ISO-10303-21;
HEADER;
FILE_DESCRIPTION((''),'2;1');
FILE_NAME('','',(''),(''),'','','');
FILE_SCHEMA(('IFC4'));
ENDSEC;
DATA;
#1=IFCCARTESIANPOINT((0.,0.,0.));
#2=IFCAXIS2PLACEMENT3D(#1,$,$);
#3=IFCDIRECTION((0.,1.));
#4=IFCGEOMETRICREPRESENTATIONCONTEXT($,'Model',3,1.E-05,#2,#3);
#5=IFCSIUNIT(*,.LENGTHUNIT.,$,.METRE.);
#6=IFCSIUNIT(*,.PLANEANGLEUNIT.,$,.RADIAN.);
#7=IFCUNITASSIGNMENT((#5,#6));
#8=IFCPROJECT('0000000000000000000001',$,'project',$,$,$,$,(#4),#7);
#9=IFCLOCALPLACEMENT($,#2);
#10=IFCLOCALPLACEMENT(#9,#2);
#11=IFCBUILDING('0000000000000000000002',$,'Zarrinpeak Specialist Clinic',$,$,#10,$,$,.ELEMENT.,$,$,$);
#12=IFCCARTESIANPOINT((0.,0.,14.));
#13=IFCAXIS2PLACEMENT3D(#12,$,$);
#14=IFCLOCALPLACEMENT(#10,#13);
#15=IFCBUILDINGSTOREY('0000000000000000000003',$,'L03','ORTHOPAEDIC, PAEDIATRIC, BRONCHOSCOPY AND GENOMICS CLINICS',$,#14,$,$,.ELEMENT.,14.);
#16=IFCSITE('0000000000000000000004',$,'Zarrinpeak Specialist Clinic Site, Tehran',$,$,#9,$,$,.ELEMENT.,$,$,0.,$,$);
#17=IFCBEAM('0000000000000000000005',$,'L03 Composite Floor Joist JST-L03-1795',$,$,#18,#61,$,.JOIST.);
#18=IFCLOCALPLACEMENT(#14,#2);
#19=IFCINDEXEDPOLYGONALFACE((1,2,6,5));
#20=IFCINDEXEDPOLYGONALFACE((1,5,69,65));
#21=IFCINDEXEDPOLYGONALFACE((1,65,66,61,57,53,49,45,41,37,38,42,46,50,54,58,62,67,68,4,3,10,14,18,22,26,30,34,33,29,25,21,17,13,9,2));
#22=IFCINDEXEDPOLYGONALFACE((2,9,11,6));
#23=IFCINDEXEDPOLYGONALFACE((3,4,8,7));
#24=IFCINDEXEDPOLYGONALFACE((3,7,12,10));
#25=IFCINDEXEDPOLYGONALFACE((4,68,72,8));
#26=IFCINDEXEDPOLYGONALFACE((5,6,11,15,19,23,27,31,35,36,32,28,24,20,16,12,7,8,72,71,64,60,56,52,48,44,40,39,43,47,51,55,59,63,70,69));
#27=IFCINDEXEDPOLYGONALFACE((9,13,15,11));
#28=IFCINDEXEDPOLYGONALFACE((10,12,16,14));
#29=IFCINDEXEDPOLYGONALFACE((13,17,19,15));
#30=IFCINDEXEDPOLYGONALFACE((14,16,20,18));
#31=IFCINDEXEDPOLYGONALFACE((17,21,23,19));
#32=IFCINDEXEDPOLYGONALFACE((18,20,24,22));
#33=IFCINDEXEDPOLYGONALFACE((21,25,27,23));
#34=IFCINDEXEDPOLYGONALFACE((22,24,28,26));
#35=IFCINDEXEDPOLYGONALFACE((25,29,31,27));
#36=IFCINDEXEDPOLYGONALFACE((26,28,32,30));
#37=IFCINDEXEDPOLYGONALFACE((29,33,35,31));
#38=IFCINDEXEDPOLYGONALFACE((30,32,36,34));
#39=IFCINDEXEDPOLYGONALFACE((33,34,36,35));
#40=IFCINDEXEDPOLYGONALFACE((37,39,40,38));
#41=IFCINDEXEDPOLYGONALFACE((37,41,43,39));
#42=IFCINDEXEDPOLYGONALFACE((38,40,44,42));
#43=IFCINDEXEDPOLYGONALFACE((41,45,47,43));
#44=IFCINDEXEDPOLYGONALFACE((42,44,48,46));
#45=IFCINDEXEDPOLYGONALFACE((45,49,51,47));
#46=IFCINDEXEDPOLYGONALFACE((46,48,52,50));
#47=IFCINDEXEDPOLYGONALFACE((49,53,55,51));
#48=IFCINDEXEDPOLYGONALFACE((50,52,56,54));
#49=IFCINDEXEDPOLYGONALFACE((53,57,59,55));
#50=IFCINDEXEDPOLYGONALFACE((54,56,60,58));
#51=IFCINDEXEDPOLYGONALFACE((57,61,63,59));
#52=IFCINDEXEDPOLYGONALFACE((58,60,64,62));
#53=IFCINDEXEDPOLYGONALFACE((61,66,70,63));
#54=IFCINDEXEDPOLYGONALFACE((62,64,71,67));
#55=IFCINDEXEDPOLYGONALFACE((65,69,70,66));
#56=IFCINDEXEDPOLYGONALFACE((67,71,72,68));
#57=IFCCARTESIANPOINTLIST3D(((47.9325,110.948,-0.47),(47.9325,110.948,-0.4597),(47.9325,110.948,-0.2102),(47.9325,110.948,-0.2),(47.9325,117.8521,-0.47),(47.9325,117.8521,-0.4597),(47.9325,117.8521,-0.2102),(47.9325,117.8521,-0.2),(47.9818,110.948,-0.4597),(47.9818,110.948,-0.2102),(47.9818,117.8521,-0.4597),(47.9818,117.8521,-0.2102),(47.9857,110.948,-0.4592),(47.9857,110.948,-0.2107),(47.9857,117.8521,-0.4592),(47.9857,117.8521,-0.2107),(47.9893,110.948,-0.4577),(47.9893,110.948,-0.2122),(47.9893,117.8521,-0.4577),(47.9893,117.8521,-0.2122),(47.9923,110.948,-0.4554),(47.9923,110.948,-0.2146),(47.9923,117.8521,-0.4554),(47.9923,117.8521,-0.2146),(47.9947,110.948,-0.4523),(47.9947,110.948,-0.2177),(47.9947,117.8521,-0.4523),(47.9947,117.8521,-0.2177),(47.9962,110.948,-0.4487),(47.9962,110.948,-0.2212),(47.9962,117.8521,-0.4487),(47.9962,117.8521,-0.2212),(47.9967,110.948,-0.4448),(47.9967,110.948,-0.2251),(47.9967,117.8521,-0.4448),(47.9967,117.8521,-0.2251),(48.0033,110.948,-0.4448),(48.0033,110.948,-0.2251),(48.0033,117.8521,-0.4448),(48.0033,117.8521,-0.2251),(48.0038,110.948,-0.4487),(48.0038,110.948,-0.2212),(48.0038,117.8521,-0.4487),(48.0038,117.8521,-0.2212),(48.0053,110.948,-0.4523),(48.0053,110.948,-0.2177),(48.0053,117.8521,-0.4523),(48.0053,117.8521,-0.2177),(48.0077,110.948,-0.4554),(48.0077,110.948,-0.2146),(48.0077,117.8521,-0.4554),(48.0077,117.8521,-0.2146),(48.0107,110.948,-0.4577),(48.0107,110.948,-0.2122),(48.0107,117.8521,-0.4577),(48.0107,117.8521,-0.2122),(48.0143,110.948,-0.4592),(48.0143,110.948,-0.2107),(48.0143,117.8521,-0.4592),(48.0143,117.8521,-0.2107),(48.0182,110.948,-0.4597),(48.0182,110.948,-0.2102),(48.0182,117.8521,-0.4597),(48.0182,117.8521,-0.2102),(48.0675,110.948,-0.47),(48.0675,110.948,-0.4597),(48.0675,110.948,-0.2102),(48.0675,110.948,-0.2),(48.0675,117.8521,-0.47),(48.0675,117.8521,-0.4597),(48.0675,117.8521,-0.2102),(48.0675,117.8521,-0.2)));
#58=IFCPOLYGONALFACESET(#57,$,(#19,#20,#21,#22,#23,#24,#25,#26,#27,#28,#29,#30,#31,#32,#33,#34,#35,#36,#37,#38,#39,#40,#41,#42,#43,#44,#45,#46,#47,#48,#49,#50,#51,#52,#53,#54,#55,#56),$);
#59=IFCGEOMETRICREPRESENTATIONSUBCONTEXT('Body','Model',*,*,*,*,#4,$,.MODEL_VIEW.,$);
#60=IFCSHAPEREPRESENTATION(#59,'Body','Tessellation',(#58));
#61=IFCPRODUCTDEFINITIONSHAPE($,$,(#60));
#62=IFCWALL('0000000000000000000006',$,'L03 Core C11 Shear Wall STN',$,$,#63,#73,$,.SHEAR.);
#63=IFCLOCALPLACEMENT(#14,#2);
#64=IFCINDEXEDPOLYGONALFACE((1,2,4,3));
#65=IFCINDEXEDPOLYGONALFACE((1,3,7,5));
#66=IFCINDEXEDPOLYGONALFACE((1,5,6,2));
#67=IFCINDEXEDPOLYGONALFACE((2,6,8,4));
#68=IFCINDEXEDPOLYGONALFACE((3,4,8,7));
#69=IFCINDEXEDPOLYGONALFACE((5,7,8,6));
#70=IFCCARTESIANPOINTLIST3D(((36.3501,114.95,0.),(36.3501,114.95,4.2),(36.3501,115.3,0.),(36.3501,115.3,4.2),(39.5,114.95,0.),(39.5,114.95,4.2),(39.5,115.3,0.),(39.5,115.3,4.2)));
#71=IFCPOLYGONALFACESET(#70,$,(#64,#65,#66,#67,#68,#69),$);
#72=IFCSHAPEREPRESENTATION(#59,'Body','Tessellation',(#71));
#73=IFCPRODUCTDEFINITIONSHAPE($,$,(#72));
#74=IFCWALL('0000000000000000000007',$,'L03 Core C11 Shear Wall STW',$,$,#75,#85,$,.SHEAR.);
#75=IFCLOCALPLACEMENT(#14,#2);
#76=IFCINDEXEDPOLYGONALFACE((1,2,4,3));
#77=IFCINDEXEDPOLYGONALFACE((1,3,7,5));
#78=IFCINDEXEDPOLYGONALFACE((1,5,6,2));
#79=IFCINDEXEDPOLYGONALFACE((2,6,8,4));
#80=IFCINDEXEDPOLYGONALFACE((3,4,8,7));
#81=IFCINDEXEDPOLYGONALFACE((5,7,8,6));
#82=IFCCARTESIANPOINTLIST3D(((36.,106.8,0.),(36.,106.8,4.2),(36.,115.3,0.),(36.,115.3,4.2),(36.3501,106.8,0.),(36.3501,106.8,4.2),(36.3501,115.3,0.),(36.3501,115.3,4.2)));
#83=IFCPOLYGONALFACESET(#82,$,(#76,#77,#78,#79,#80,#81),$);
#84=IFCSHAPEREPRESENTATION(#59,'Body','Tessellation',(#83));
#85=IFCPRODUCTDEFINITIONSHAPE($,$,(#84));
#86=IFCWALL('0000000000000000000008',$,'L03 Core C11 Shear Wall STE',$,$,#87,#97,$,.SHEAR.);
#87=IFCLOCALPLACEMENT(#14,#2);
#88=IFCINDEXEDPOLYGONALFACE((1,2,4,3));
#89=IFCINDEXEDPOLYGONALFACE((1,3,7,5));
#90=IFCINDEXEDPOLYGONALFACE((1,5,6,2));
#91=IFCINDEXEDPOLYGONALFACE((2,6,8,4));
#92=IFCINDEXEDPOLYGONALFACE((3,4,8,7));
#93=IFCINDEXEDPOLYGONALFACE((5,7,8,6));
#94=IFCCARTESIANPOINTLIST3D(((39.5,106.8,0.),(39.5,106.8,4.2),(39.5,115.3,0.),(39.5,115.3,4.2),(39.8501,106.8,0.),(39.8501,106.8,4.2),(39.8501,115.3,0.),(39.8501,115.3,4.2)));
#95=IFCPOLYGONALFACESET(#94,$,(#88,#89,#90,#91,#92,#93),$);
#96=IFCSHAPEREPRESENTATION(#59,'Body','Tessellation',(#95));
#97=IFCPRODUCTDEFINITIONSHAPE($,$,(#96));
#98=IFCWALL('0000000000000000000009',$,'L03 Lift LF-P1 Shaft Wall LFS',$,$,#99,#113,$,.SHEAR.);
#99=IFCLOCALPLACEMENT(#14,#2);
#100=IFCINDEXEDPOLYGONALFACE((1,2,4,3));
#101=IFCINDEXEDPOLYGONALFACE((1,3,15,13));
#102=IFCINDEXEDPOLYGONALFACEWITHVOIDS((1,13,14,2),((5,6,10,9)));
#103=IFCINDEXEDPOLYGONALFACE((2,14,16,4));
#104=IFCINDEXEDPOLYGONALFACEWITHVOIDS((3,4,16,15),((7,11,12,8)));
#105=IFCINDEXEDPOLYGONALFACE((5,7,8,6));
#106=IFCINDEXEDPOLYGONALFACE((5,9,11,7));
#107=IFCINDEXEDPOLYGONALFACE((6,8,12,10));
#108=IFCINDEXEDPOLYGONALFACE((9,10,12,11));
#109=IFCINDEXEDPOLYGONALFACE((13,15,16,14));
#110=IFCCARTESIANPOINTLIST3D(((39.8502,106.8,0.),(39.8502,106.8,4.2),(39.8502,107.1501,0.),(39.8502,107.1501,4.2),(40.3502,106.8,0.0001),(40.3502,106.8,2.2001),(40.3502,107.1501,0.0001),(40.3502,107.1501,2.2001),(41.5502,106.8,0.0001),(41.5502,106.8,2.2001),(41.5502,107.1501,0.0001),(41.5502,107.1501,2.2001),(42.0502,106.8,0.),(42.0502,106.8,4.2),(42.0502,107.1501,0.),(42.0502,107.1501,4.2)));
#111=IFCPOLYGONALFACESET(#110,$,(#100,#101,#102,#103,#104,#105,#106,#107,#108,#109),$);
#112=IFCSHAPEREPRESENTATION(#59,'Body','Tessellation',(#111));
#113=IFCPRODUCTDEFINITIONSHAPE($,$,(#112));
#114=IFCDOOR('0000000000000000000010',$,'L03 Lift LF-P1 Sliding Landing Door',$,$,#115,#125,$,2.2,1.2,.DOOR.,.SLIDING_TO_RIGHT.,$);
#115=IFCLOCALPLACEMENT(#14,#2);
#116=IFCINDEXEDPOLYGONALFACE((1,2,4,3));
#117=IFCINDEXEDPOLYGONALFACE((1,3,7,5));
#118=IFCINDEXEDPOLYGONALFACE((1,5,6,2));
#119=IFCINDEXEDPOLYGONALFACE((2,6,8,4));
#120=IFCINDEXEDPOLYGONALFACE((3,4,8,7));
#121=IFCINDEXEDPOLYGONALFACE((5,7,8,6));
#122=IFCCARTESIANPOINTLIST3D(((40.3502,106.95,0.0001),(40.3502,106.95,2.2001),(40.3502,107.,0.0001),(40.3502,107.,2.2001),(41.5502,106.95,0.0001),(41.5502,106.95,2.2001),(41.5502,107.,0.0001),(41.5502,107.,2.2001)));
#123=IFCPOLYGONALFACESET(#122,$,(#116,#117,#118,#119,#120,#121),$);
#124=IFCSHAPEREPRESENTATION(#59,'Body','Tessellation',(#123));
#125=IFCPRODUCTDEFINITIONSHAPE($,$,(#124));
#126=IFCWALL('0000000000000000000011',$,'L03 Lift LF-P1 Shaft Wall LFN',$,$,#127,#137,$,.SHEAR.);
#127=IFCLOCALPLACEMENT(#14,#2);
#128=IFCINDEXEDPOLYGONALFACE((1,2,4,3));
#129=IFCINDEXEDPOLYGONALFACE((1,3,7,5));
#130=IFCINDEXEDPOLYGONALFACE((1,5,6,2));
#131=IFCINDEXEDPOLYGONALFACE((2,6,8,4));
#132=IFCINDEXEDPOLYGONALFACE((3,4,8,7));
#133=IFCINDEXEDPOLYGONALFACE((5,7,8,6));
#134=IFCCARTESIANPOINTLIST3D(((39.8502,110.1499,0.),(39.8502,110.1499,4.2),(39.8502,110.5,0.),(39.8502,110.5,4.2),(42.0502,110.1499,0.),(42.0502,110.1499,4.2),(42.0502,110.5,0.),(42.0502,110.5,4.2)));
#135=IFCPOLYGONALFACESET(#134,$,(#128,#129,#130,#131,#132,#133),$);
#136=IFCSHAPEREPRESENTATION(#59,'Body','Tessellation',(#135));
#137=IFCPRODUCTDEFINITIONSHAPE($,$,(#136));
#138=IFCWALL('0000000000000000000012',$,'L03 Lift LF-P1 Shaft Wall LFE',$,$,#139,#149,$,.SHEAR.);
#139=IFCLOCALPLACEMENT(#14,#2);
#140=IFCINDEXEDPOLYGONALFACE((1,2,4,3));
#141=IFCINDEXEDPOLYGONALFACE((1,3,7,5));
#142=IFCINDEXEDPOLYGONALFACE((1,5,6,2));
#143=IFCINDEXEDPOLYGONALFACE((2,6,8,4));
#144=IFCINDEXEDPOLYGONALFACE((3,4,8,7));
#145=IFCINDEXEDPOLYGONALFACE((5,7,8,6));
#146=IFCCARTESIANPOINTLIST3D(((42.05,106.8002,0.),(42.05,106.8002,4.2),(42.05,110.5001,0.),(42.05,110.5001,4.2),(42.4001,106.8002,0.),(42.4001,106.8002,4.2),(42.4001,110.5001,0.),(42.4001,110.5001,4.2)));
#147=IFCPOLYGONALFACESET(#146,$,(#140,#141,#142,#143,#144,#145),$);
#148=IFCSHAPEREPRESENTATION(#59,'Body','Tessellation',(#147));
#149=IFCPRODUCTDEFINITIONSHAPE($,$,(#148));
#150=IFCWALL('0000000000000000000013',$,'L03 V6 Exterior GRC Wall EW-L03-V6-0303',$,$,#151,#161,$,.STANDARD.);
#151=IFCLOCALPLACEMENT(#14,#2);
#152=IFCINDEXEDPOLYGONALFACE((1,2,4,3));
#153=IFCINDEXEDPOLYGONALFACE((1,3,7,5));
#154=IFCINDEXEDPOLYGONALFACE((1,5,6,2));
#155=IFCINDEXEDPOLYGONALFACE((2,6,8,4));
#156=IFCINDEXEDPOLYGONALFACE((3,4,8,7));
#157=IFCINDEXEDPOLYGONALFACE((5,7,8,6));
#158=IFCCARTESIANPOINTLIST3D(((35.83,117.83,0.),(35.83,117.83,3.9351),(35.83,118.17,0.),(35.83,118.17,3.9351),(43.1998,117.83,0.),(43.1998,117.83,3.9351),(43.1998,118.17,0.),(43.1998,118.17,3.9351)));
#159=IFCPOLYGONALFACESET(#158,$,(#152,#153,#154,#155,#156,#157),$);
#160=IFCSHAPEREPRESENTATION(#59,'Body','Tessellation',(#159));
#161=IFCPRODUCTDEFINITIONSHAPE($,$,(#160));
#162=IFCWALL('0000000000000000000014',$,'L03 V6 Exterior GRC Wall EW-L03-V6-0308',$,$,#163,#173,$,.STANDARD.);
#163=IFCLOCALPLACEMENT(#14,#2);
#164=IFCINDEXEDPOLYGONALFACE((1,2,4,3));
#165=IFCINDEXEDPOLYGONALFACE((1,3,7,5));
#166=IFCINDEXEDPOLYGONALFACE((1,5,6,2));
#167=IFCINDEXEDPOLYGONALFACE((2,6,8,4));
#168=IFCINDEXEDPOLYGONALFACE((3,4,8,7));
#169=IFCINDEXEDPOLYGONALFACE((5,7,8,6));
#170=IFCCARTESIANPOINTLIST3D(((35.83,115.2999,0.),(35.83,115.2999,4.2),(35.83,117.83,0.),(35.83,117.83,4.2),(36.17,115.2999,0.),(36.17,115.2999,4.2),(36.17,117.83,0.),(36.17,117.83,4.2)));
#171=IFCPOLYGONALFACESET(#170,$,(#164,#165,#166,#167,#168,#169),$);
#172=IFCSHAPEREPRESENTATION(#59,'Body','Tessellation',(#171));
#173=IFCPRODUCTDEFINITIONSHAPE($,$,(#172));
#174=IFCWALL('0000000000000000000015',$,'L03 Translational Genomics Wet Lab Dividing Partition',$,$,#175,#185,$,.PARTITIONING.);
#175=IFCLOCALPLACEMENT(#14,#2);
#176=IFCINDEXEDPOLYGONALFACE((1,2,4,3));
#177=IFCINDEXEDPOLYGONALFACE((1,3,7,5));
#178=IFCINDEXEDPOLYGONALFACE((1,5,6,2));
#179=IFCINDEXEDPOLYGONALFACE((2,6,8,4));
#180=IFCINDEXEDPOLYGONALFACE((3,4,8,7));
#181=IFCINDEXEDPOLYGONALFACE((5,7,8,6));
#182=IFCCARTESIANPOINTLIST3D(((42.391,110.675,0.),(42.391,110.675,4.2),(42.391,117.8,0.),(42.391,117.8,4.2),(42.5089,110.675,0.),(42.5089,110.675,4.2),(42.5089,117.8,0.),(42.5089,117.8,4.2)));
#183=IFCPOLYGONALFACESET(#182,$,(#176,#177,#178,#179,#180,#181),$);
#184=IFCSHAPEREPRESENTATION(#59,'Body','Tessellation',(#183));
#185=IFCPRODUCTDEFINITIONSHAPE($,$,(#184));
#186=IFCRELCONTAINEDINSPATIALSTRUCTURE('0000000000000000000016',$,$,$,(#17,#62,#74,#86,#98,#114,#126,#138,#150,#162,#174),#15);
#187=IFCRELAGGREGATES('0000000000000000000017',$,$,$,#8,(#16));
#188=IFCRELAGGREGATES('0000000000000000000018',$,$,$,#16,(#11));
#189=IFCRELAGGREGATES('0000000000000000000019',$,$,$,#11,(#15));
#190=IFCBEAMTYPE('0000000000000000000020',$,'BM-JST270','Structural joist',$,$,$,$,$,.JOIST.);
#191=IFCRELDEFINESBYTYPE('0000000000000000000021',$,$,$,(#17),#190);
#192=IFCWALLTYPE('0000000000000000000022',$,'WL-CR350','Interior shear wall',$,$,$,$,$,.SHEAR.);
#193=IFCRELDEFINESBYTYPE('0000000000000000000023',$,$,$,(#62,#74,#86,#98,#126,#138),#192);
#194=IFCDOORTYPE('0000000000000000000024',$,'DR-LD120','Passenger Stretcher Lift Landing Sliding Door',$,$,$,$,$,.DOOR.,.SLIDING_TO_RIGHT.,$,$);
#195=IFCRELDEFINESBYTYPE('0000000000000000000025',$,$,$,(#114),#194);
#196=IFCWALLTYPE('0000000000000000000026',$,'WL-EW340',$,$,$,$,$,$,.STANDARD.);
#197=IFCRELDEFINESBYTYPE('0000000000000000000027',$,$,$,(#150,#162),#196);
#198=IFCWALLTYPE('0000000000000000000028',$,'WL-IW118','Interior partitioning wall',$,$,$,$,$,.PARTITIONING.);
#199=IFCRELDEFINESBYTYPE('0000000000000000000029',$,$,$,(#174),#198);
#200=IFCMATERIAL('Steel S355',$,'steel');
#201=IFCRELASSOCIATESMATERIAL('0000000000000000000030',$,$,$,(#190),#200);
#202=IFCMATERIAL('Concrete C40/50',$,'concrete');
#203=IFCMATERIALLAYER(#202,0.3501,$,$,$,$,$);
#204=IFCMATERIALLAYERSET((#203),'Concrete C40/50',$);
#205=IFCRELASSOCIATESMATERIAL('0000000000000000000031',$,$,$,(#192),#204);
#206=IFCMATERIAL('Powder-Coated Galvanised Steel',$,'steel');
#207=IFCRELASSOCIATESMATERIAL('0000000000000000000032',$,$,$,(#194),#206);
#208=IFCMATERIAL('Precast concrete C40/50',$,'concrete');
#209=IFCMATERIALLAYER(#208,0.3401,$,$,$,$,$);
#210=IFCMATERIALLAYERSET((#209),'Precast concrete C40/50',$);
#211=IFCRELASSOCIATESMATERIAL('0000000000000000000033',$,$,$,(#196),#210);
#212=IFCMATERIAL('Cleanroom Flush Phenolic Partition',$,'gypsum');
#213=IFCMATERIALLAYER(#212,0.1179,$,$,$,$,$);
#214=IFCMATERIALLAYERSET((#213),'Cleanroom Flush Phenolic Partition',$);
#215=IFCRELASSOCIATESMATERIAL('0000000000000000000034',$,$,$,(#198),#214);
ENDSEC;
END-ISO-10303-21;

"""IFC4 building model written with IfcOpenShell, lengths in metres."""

from ifc_helpers import new_model, si_unit, direction, frame, frame_2d, origin, origin_2d, place, context, subcontext, project, spatial, rectangle, i_section, extrude, material, layer, layer_set, material_profile, profile_set, type_object, element, fill, save


model = new_model("IFC4")

# Units and contexts
model_context = context("Model", 3, precision=1e-05, world=origin(), true_north=direction((0.0, 1.0)))
body_context = subcontext(model_context, "Body", "Model", "MODEL_VIEW")
ifc_project = project(units=[si_unit("LENGTHUNIT", "METRE"), si_unit("PLANEANGLEUNIT", "RADIAN")], contexts=[model_context])

# Site, building, storey
site_placement = place(None, origin())
site = spatial("IfcSite", under=ifc_project, at=site_placement, Name="Zarrinpeak Specialist Clinic Site, Tehran", CompositionType="ELEMENT", RefElevation=0.0)
building_placement = place(site_placement, origin())
building = spatial("IfcBuilding", under=site, at=building_placement, Name="Zarrinpeak Specialist Clinic", CompositionType="ELEMENT")
storey_placement = place(building_placement, frame((0.0, 0.0, 14.0)))
storey = spatial("IfcBuildingStorey", under=building, at=storey_placement, Name="L03", Description="ORTHOPAEDIC, PAEDIATRIC, BRONCHOSCOPY AND GENOMICS CLINICS", CompositionType="ELEMENT", Elevation=14.0)

# Shared definitions
ifc_material_1 = material(Name="Steel S355", Category="steel")

# Beam
ifc_material_profile_1 = material_profile(ifc_material_1, i_section(OverallWidth=0.135, OverallDepth=0.27, WebThickness=0.0066, FlangeThickness=0.0103, FilletRadius=0.0149, at=origin_2d()), Name="IPE 270")
ifc_profile_set_1 = profile_set([ifc_material_profile_1], Name="Steel S355")
beam_type_1 = type_object("IfcBeamType", Name="BM-JST270", Description="Structural joist", PredefinedType="JOIST", material=ifc_profile_set_1)
for number, where, z_axis, x_axis, name in (
    (1, (48.0, 110.948, -0.335), (0.0, 1.0, 0.0), (-1.0, 0.0, 0.0), "L03 Composite Floor Joist JST-L03-1795"),
):
    element("IfcBeam", number, at=place(storey_placement, frame(where, z_axis=z_axis, x_axis=x_axis)), inside=storey, type_object=beam_type_1, Name=name, PredefinedType="JOIST", context=body_context, shape_type="SweptSolid", body=[
        extrude(i_section(OverallWidth=0.135, OverallDepth=0.27, WebThickness=0.0066, FlangeThickness=0.0103, FilletRadius=0.0149, at=origin_2d()), origin(), (0.0, 0.0, 1.0), 6.9041),
    ])

# Shared definitions
ifc_material_2 = material(Name="Concrete C40/50", Category="concrete")
ifc_layer_1 = layer(ifc_material_2, 0.3501)
ifc_layer_set_1 = layer_set([ifc_layer_1], Name="Concrete C40/50")
wall_type_1 = type_object("IfcWallType", Name="WL-CR350", Description="Interior shear wall", PredefinedType="SHEAR", material=ifc_layer_set_1)
ifc_material_3 = material(Name="Powder-Coated Galvanised Steel", Category="steel")

# Walls
wall_1_placement = place(storey_placement, frame((36.3501, 115.125, 0.0), z_axis=(0.0, 0.0, 1.0), x_axis=(1.0, 0.0, 0.0)))
element("IfcWall", 2, at=wall_1_placement, inside=storey, type_object=wall_type_1, Name="L03 Core C11 Shear Wall STN", PredefinedType="SHEAR", context=body_context, shape_type="SweptSolid", body=[
    extrude(rectangle(XDim=3.1499, YDim=0.3501, at=frame_2d((1.575, 0.0))), origin(), (0.0, 0.0, 1.0), 4.2),
])
for number, where, z_axis, x_axis, name in (
    (3, (36.175, 106.8, 0.0), (0.0, 0.0, 1.0), (0.0, 1.0, 0.0), "L03 Core C11 Shear Wall STW"),
    (4, (39.675, 106.8, 0.0), (0.0, 0.0, 1.0), (0.0, 1.0, 0.0), "L03 Core C11 Shear Wall STE"),
):
    element("IfcWall", number, at=place(storey_placement, frame(where, z_axis=z_axis, x_axis=x_axis)), inside=storey, type_object=wall_type_1, Name=name, PredefinedType="SHEAR", context=body_context, shape_type="SweptSolid", body=[
        extrude(rectangle(XDim=8.5, YDim=0.3501, at=frame_2d((4.25, 0.0))), origin(), (0.0, 0.0, 1.0), 4.2),
    ])

# Wall, opening, door
wall_2_placement = place(storey_placement, frame((39.8501, 106.9751, 0.0), z_axis=(0.0, 0.0, 1.0), x_axis=(1.0, 0.0, 0.0)))
wall_2 = element("IfcWall", 5, at=wall_2_placement, inside=storey, type_object=wall_type_1, Name="L03 Lift LF-P1 Shaft Wall LFS", PredefinedType="SHEAR", context=body_context, shape_type="SweptSolid", body=[
    extrude(rectangle(XDim=2.2, YDim=0.3501, at=frame_2d((1.1001, 0.0))), origin(), (0.0, 0.0, 1.0), 4.2),
])
opening_1_placement = place(wall_2_placement, frame((0.5, 0.0, 0.0)))
opening_1 = element("IfcOpeningElement", 6, at=opening_1_placement, cuts=wall_2, PredefinedType="OPENING", context=body_context, shape_type="SweptSolid", body=[
    extrude(rectangle(XDim=1.2, YDim=2.2, at=frame_2d((0.6001, 1.1001))), frame((0.0, 0.1851, 0.0), z_axis=(0.0, -1.0, 0.0), x_axis=(1.0, 0.0, 0.0)), (0.0, 0.0, 1.0), 0.3701),
])
door_type_1 = type_object("IfcDoorType", Name="DR-LD120", Description="Passenger Stretcher Lift Landing Sliding Door", OperationType="SLIDING_TO_RIGHT", PredefinedType="DOOR", material=ifc_material_3)
door_1_placement = place(opening_1_placement, origin())
door_1 = element("IfcDoor", 7, at=door_1_placement, inside=storey, type_object=door_type_1, Name="L03 Lift LF-P1 Sliding Landing Door", OperationType="SLIDING_TO_RIGHT", OverallHeight=2.2, OverallWidth=1.2, PredefinedType="DOOR", context=body_context, shape_type="SweptSolid", body=[
    extrude(rectangle(XDim=1.2, YDim=2.2, at=frame_2d((0.6001, 1.1001))), frame((0.0, 0.0249, 0.0), z_axis=(0.0, -1.0, 0.0), x_axis=(1.0, 0.0, 0.0)), (0.0, 0.0, 1.0), 0.05),
])
fill(opening_1, door_1)

# Walls
wall_3_placement = place(storey_placement, frame((39.8501, 110.325, 0.0), z_axis=(0.0, 0.0, 1.0), x_axis=(1.0, 0.0, 0.0)))
element("IfcWall", 8, at=wall_3_placement, inside=storey, type_object=wall_type_1, Name="L03 Lift LF-P1 Shaft Wall LFN", PredefinedType="SHEAR", context=body_context, shape_type="SweptSolid", body=[
    extrude(rectangle(XDim=2.2, YDim=0.3501, at=frame_2d((1.1001, 0.0))), origin(), (0.0, 0.0, 1.0), 4.2),
])
wall_4_placement = place(storey_placement, frame((42.2251, 106.8, 0.0), z_axis=(0.0, 0.0, 1.0), x_axis=(0.0, 1.0, 0.0)))
element("IfcWall", 9, at=wall_4_placement, inside=storey, type_object=wall_type_1, Name="L03 Lift LF-P1 Shaft Wall LFE", PredefinedType="SHEAR", context=body_context, shape_type="SweptSolid", body=[
    extrude(rectangle(XDim=3.7, YDim=0.3501, at=frame_2d((1.8501, 0.0))), origin(), (0.0, 0.0, 1.0), 4.2),
])
ifc_material_4 = material(Name="Precast concrete C40/50", Category="concrete")
ifc_layer_2 = layer(ifc_material_4, 0.3401)
ifc_layer_set_2 = layer_set([ifc_layer_2], Name="Precast concrete C40/50")
wall_type_2 = type_object("IfcWallType", Name="WL-EW340", PredefinedType="STANDARD", material=ifc_layer_set_2)
wall_5_placement = place(storey_placement, frame((43.2, 118.0, 0.0), z_axis=(0.0, 0.0, 1.0), x_axis=(-1.0, 0.0, 0.0)))
element("IfcWall", 10, at=wall_5_placement, inside=storey, type_object=wall_type_2, Name="L03 V6 Exterior GRC Wall EW-L03-V6-0303", PredefinedType="STANDARD", context=body_context, shape_type="SweptSolid", body=[
    extrude(rectangle(XDim=7.3699, YDim=0.3401, at=frame_2d((3.6851, 0.0))), origin(), (0.0, 0.0, 1.0), 3.9351),
])
wall_6_placement = place(storey_placement, frame((36.0, 117.8301, 0.0), z_axis=(0.0, 0.0, 1.0), x_axis=(0.0, -1.0, 0.0)))
element("IfcWall", 11, at=wall_6_placement, inside=storey, type_object=wall_type_2, Name="L03 V6 Exterior GRC Wall EW-L03-V6-0308", PredefinedType="STANDARD", context=body_context, shape_type="SweptSolid", body=[
    extrude(rectangle(XDim=2.53, YDim=0.3401, at=frame_2d((1.2651, 0.0))), origin(), (0.0, 0.0, 1.0), 4.2),
])
ifc_material_5 = material(Name="Cleanroom Flush Phenolic Partition", Category="gypsum")
ifc_layer_3 = layer(ifc_material_5, 0.1179)
ifc_layer_set_3 = layer_set([ifc_layer_3], Name="Cleanroom Flush Phenolic Partition")
wall_type_3 = type_object("IfcWallType", Name="WL-IW118", Description="Interior partitioning wall", PredefinedType="PARTITIONING", material=ifc_layer_set_3)
wall_7_placement = place(storey_placement, frame((42.45, 110.675, 0.0), z_axis=(0.0, 0.0, 1.0), x_axis=(0.0, 1.0, 0.0)))
element("IfcWall", 12, at=wall_7_placement, inside=storey, type_object=wall_type_3, Name="L03 Translational Genomics Wet Lab Dividing Partition", PredefinedType="PARTITIONING", context=body_context, shape_type="SweptSolid", body=[
    extrude(rectangle(XDim=7.125, YDim=0.1179, at=frame_2d((3.5625, 0.0))), origin(), (0.0, 0.0, 1.0), 4.2),
])

save(model, "model.ifc")
